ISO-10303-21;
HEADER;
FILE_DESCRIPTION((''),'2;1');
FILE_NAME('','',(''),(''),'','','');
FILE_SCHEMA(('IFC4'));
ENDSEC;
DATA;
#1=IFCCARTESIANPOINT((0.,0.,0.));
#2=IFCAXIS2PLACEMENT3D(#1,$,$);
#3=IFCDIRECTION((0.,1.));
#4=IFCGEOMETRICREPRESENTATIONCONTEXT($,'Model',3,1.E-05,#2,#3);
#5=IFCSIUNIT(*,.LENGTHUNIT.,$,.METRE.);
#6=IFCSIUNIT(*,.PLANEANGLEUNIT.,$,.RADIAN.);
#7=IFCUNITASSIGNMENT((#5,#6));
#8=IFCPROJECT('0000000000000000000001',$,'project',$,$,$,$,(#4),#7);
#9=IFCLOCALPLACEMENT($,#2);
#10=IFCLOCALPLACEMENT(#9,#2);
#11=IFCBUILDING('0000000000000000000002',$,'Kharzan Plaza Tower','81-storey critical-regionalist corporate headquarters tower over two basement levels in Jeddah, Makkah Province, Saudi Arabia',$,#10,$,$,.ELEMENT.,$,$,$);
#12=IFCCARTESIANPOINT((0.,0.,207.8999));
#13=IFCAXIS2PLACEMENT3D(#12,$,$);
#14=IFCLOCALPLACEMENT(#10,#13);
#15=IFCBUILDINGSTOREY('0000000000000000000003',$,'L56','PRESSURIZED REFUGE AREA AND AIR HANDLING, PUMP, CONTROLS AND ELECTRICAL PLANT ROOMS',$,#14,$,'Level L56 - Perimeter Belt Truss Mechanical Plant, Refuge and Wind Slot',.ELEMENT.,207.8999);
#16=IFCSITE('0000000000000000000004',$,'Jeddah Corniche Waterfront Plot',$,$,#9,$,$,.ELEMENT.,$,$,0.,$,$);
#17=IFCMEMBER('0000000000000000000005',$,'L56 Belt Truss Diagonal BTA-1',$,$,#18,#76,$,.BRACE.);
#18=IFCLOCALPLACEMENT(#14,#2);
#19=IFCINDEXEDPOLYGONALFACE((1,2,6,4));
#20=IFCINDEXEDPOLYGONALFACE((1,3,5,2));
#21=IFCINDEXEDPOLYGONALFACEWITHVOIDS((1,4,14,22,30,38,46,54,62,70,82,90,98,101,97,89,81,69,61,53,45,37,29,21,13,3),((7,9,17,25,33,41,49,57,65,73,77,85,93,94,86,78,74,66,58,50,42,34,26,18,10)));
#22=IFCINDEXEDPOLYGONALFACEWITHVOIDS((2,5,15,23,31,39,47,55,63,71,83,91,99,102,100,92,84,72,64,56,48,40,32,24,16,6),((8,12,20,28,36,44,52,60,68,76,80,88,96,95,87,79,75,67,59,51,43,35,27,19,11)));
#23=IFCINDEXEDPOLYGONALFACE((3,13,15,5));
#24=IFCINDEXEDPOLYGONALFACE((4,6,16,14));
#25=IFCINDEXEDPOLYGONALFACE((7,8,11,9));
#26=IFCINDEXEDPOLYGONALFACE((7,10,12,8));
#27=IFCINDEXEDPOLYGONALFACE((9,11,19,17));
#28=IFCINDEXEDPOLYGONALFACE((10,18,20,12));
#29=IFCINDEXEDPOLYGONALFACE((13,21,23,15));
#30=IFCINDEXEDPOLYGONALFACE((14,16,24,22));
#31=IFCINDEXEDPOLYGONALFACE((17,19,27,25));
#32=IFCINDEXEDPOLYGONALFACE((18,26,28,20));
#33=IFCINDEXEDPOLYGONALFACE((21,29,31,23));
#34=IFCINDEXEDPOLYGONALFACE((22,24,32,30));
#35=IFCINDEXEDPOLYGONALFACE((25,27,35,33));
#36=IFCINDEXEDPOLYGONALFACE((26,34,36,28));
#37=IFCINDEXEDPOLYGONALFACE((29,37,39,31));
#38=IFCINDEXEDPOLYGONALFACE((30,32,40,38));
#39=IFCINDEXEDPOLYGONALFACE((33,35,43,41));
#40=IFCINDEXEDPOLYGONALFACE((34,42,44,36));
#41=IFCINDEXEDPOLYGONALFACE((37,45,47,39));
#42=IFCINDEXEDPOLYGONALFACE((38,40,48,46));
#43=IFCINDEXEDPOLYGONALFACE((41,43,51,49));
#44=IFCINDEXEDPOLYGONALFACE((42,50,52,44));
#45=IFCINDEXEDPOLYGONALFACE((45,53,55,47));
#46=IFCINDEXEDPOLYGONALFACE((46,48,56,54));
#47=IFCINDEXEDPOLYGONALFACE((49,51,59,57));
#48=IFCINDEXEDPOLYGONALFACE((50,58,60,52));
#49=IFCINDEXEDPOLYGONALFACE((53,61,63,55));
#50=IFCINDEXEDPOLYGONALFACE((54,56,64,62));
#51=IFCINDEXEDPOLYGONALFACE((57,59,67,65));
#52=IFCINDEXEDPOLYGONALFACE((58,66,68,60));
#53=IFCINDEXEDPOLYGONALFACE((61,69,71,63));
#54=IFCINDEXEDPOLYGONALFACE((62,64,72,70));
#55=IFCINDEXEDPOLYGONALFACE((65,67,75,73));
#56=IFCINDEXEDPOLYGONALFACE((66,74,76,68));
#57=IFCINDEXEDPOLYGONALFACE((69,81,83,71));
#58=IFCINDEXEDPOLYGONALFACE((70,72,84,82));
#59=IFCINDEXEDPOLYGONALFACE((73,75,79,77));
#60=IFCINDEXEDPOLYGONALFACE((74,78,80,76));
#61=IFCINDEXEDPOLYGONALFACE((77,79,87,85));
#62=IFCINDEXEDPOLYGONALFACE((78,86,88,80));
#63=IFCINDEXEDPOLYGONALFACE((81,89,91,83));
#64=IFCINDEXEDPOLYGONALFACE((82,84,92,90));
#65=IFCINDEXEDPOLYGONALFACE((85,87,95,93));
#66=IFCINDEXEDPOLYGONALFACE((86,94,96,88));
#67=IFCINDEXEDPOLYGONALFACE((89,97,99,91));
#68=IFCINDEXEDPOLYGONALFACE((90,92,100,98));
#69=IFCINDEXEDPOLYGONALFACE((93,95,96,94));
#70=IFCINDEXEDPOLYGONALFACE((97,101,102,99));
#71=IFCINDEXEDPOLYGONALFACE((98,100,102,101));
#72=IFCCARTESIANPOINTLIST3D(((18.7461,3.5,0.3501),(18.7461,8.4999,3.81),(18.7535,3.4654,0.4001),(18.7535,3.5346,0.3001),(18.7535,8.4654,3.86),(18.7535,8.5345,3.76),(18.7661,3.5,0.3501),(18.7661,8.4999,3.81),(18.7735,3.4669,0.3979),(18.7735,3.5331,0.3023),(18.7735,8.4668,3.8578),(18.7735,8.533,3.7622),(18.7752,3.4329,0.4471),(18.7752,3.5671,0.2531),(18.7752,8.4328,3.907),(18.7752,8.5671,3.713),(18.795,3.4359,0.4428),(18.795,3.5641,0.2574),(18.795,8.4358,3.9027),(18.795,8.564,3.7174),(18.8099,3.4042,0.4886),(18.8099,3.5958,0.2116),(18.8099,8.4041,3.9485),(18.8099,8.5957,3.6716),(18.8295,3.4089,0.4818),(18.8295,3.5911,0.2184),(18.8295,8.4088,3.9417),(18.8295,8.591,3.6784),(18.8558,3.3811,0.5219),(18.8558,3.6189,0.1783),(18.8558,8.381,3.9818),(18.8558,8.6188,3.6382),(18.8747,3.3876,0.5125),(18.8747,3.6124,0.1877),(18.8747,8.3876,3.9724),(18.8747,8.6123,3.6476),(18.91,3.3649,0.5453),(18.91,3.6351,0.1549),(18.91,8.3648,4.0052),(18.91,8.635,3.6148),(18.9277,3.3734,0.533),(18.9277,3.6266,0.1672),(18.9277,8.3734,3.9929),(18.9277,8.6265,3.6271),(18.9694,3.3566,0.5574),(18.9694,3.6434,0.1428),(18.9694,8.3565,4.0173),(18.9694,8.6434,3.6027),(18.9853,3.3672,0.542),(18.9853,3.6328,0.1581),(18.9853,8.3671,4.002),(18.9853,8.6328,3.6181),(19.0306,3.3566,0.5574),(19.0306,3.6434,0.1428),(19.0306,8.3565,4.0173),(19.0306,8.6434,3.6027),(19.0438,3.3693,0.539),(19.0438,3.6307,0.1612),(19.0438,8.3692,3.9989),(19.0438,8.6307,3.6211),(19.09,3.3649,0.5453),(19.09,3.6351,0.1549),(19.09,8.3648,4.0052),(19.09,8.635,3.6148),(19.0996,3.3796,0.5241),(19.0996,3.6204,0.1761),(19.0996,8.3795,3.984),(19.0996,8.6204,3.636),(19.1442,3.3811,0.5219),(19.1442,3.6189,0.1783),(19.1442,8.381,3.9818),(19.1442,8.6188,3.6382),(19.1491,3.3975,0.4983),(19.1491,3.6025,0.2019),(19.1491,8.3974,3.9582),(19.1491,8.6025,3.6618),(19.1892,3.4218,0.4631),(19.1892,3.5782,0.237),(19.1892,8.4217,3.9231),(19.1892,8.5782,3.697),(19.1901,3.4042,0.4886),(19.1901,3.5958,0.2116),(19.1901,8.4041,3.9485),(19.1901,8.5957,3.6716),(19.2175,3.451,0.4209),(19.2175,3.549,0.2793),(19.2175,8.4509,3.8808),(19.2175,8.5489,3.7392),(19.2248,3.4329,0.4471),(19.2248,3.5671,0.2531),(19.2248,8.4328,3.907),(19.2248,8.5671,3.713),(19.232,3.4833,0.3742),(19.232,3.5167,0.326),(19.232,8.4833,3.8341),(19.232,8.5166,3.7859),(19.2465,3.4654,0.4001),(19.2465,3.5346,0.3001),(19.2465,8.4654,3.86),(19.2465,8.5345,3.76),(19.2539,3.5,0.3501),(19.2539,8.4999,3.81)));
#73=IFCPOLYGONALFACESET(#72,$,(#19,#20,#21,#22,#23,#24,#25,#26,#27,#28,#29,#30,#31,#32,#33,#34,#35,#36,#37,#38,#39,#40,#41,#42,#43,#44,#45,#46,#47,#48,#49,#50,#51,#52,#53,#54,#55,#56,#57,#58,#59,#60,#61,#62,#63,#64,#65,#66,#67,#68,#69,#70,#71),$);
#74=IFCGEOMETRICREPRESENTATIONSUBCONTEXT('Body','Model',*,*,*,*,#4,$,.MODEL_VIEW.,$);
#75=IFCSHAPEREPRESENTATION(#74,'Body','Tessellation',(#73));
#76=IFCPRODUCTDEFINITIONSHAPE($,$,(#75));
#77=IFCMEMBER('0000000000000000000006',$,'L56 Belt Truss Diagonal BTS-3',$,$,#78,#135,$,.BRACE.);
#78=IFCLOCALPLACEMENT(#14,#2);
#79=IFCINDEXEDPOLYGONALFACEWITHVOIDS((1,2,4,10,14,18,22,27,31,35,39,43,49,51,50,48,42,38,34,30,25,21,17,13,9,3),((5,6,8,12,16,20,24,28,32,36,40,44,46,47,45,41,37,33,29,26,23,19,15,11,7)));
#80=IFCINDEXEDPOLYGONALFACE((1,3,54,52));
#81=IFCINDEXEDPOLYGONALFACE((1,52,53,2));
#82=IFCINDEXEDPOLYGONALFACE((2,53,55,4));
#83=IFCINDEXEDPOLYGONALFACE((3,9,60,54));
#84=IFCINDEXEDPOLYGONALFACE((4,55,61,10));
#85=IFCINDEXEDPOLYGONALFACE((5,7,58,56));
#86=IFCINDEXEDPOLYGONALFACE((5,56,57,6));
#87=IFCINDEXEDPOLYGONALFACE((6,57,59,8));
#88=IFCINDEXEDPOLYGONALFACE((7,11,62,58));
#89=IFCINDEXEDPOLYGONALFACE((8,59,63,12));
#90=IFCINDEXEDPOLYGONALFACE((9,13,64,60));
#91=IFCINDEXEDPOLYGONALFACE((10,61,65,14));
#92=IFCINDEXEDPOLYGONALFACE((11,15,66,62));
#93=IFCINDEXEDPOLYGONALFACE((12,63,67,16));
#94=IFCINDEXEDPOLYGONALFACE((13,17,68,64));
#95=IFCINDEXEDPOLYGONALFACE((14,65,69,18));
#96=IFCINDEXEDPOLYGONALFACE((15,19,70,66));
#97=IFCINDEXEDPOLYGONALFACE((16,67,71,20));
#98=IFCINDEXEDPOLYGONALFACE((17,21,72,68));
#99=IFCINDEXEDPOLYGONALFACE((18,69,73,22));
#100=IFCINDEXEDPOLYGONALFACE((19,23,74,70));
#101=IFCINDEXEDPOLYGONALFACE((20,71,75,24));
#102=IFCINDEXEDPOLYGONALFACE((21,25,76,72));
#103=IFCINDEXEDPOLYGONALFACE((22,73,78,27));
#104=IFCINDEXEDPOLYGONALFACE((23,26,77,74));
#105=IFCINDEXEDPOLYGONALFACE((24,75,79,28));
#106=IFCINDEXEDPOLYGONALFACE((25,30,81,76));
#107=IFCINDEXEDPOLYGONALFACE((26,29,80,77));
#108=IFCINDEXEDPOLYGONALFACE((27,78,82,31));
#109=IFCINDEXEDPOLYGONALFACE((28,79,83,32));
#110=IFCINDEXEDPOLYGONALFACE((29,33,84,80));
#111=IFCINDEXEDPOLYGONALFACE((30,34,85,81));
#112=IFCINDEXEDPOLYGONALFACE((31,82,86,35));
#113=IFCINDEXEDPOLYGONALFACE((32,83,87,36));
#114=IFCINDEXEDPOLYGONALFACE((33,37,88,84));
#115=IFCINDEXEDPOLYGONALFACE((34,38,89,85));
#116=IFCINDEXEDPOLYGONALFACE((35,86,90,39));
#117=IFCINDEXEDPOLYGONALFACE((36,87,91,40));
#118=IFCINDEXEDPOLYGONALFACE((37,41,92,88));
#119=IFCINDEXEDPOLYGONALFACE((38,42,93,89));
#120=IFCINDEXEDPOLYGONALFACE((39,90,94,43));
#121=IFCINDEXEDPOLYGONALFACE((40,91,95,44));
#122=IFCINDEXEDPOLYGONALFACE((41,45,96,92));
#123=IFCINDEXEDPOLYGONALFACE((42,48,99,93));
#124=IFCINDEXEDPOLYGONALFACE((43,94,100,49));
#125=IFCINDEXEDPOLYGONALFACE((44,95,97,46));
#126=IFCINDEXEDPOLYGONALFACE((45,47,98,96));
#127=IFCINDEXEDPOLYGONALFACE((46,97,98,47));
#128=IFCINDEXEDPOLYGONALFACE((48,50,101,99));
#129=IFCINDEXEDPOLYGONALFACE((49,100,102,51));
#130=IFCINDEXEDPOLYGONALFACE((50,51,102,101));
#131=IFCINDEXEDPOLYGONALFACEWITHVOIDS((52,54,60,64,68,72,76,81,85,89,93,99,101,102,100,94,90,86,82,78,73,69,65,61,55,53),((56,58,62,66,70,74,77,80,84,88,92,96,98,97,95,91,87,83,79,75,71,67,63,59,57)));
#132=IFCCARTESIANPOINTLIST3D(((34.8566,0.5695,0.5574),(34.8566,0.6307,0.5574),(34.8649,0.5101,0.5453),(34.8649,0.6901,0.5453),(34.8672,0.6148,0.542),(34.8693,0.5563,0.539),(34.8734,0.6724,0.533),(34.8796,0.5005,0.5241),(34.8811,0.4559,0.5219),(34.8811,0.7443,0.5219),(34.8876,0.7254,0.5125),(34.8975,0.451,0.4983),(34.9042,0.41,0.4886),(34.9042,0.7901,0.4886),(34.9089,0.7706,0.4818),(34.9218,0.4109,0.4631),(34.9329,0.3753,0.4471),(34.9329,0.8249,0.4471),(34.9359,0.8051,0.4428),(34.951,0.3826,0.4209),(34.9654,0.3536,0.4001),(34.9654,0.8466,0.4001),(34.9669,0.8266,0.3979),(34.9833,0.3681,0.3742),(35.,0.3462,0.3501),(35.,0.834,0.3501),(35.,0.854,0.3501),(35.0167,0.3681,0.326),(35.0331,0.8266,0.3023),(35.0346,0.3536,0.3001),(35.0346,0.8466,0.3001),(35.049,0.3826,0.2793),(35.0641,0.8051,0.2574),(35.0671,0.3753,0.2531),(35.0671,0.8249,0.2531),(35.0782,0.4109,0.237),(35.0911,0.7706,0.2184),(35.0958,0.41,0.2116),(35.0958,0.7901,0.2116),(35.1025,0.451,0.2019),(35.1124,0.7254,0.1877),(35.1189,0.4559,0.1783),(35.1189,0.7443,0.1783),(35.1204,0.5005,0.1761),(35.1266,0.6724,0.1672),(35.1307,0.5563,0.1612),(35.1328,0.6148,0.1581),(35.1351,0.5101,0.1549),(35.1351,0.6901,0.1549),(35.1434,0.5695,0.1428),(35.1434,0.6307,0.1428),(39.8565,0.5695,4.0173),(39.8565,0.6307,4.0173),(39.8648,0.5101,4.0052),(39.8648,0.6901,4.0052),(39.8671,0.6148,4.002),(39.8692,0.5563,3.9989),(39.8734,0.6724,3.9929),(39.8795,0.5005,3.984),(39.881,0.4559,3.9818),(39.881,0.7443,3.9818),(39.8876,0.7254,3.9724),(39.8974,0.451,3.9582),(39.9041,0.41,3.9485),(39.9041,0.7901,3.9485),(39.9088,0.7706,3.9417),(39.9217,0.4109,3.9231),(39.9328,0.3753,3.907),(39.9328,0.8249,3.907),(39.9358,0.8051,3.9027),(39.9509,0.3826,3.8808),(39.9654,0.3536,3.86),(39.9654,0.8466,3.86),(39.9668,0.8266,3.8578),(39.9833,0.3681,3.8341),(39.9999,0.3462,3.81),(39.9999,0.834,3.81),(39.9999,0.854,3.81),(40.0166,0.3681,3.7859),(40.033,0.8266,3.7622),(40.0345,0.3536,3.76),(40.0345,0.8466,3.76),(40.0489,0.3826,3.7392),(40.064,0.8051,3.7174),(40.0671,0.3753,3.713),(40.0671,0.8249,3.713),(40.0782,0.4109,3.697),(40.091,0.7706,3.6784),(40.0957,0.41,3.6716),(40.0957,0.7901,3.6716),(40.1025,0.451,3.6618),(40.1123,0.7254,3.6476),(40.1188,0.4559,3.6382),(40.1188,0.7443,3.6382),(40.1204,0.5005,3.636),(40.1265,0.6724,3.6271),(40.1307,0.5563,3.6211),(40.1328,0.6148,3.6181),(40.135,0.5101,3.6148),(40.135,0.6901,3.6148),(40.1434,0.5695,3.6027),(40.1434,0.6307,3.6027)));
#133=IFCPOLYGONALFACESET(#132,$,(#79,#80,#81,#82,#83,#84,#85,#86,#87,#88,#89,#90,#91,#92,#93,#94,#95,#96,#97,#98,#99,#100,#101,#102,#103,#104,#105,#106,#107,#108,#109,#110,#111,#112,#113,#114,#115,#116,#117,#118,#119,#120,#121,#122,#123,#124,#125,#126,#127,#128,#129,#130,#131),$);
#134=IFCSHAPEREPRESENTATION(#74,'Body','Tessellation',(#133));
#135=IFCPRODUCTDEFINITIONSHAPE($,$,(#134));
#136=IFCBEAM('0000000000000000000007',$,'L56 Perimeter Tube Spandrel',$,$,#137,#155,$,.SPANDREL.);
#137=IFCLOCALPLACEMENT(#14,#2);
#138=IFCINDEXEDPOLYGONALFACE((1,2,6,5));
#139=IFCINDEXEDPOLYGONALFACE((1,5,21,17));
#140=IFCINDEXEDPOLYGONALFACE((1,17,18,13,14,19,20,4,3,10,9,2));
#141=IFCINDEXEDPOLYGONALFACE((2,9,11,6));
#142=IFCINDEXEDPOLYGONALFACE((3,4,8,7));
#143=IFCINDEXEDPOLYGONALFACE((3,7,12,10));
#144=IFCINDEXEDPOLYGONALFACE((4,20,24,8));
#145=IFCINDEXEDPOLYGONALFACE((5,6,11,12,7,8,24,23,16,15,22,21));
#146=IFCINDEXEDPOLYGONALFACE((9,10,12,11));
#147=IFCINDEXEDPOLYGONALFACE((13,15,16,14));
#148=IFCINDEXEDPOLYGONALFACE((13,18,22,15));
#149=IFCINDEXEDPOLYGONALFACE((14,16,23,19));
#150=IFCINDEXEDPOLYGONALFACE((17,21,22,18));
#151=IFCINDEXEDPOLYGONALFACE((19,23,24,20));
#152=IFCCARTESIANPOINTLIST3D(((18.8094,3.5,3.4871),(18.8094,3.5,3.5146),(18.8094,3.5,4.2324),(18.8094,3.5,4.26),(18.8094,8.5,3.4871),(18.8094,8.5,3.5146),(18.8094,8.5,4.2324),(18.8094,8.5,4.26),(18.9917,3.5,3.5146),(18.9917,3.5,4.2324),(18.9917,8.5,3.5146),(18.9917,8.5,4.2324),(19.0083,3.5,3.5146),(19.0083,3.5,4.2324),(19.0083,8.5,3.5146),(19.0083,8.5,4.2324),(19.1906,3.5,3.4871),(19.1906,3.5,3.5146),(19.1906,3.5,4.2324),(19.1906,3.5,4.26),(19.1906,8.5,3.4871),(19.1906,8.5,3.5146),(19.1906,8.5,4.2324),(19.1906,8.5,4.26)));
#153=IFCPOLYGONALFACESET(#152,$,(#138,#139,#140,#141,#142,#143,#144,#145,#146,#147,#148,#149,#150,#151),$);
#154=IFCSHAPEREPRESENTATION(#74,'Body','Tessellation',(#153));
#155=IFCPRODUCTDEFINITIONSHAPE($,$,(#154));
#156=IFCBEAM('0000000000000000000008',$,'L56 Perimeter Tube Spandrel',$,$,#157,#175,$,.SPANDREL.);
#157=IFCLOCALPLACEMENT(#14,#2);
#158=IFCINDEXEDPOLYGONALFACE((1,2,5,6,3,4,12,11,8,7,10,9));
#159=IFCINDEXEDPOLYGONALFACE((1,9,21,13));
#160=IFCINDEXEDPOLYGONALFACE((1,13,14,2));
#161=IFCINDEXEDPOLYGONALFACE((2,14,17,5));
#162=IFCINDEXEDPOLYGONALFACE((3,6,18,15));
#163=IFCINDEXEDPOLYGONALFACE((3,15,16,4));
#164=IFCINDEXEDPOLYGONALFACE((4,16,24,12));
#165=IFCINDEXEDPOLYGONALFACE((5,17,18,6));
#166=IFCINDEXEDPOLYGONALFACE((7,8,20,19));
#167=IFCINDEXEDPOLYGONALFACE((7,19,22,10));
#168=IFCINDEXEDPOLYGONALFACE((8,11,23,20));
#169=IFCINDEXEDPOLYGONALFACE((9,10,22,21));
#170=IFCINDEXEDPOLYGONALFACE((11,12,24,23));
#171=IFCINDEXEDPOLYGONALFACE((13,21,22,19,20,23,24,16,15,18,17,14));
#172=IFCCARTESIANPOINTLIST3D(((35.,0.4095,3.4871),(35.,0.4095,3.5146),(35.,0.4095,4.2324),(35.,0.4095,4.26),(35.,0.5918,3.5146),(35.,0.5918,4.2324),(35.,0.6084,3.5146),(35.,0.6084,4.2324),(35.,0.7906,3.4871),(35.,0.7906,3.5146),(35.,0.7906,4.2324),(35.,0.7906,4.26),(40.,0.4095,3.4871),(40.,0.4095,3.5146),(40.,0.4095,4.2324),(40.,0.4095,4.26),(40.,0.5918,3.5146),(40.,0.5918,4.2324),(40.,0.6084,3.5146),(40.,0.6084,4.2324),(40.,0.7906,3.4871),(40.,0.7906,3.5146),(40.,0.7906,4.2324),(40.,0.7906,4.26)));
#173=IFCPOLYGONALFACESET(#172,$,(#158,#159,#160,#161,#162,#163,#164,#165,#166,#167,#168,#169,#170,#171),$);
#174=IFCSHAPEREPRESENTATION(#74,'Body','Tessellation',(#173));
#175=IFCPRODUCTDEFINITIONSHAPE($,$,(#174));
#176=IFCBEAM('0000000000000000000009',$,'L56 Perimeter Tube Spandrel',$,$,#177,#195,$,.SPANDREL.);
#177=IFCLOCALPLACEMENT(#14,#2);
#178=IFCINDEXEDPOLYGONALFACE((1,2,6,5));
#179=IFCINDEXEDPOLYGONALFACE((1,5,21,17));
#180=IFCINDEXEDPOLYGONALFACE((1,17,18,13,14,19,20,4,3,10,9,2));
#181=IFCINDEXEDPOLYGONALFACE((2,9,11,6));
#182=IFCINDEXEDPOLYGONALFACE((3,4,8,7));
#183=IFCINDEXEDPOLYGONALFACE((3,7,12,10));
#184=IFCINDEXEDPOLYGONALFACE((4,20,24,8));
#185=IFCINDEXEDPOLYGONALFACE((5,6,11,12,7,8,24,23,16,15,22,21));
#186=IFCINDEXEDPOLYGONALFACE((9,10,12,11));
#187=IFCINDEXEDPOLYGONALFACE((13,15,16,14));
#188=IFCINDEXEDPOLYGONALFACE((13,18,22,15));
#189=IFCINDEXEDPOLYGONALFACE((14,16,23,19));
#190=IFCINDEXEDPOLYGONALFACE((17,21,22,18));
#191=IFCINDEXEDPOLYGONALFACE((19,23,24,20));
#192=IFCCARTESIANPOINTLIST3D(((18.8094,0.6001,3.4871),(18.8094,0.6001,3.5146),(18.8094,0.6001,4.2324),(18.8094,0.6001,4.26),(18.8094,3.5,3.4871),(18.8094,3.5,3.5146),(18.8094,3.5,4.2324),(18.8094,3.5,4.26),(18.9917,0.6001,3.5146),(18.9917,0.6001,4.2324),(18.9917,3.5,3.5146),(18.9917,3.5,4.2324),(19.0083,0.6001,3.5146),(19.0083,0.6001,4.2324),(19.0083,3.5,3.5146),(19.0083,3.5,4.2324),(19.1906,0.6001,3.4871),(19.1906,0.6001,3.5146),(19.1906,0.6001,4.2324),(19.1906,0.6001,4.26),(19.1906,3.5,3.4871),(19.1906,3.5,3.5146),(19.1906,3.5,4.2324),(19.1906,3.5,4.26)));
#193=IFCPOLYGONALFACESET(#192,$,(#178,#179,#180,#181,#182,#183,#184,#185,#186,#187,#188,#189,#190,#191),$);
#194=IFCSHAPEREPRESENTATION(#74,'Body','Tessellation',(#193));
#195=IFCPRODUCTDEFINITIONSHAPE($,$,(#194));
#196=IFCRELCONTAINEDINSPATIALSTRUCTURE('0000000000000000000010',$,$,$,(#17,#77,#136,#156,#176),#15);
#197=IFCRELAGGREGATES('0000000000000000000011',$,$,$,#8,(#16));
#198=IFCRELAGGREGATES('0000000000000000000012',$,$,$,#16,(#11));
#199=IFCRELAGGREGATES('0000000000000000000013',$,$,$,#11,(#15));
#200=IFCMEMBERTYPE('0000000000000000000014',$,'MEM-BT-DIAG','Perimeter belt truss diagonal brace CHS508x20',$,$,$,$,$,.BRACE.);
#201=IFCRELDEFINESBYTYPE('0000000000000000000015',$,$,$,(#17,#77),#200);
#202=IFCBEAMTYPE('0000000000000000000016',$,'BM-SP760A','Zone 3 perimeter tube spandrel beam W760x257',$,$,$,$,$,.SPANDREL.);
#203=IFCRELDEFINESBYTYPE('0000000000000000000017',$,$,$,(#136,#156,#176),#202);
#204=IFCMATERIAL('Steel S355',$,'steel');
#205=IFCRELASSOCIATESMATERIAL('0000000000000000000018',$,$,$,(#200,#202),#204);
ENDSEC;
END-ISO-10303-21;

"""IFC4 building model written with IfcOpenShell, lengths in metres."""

from ifc_helpers import new_model, si_unit, direction, frame, origin, origin_2d, place, context, subcontext, project, spatial, hollow_circle, i_section, extrude, source, transform, mapped, material, material_profile, profile_set, type_object, element, save


model = new_model("IFC4")

# Units and contexts
model_context = context("Model", 3, precision=1e-05, world=origin(), true_north=direction((0.0, 1.0)))
body_context = subcontext(model_context, "Body", "Model", "MODEL_VIEW")
ifc_project = project(units=[si_unit("LENGTHUNIT", "METRE"), si_unit("PLANEANGLEUNIT", "RADIAN")], contexts=[model_context])

# Site, building, storey
site_placement = place(None, origin())
site = spatial("IfcSite", under=ifc_project, at=site_placement, Name="Jeddah Corniche Waterfront Plot", CompositionType="ELEMENT", RefElevation=0.0)
building_placement = place(site_placement, origin())
building = spatial("IfcBuilding", under=site, at=building_placement, Name="Kharzan Plaza Tower", Description="81-storey critical-regionalist corporate headquarters tower over two basement levels in Jeddah, Makkah Province, Saudi Arabia", CompositionType="ELEMENT")
storey_placement = place(building_placement, frame((0.0, 0.0, 207.8999)))
storey = spatial("IfcBuildingStorey", under=building, at=storey_placement, Name="L56", Description="PRESSURIZED REFUGE AREA AND AIR HANDLING, PUMP, CONTROLS AND ELECTRICAL PLANT ROOMS", LongName="Level L56 - Perimeter Belt Truss Mechanical Plant, Refuge and Wind Slot", CompositionType="ELEMENT", Elevation=207.8999)

# Shared definitions
ifc_material_1 = material(Name="Steel S355", Category="steel")

# Members
ifc_material_profile_1 = material_profile(ifc_material_1, hollow_circle(Radius=0.2539, WallThickness=0.02, at=origin_2d()), Name="CHS508x20")
ifc_profile_set_1 = profile_set([ifc_material_profile_1], Name="Steel S355")
member_type_1 = type_object("IfcMemberType", Name="MEM-BT-DIAG", Description="Perimeter belt truss diagonal brace CHS508x20", PredefinedType="BRACE", material=ifc_profile_set_1)
shared_shape_1 = source(origin(), body_context, "Body", "SweptSolid", [
    extrude(hollow_circle(Radius=0.2539, WallThickness=0.02, at=origin_2d()), origin(), (0.0, 0.0, 1.0), 6.0803),
])
for number, where, z_axis, x_axis, name in (
    (1, (19.0, 3.5, 0.3501), (0.0, 0.822314, 0.569035), (-1.0, 0.0, 0.0), "L56 Belt Truss Diagonal BTA-1"),
    (2, (35.0, 0.6001, 0.3501), (0.822314, 0.0, 0.569035), (0.0, 1.0, 0.0), "L56 Belt Truss Diagonal BTS-3"),
):
    element("IfcMember", number, at=place(storey_placement, frame(where, z_axis=z_axis, x_axis=x_axis)), inside=storey, type_object=member_type_1, Name=name, PredefinedType="BRACE", context=body_context, shape_type="MappedRepresentation", body=[
        mapped(shared_shape_1, transform((0.0, 0.0, 0.0), x_axis=(1.0, 0.0, 0.0), y_axis=(0.0, 1.0, 0.0), z_axis=(0.0, 0.0, 1.0))),
    ])

# Beams
ifc_material_profile_2 = material_profile(ifc_material_1, i_section(OverallWidth=0.3811, OverallDepth=0.7729, WebThickness=0.0166, FlangeThickness=0.0276, at=origin_2d()), Name="W760x257")
ifc_profile_set_2 = profile_set([ifc_material_profile_2], Name="Steel S355")
beam_type_1 = type_object("IfcBeamType", Name="BM-SP760A", Description="Zone 3 perimeter tube spandrel beam W760x257", PredefinedType="SPANDREL", material=ifc_profile_set_2)
shared_shape_2 = source(origin(), body_context, "Body", "SweptSolid", [
    extrude(i_section(OverallWidth=0.3811, OverallDepth=0.7729, WebThickness=0.0166, FlangeThickness=0.0276, at=origin_2d()), origin(), (0.0, 0.0, 1.0), 5.0),
])
for number, where, z_axis, x_axis, name in (
    (3, (19.0, 3.5, 3.8735), (0.0, 1.0, 0.0), (-1.0, 0.0, 0.0), "L56 Perimeter Tube Spandrel"),
    (4, (35.0, 0.6001, 3.8735), (1.0, 0.0, 0.0), (0.0, 1.0, 0.0), "L56 Perimeter Tube Spandrel"),
):
    element("IfcBeam", number, at=place(storey_placement, frame(where, z_axis=z_axis, x_axis=x_axis)), inside=storey, type_object=beam_type_1, Name=name, PredefinedType="SPANDREL", context=body_context, shape_type="MappedRepresentation", body=[
        mapped(shared_shape_2, transform((0.0, 0.0, 0.0), x_axis=(1.0, 0.0, 0.0), y_axis=(0.0, 1.0, 0.0), z_axis=(0.0, 0.0, 1.0))),
    ])
shared_shape_3 = source(origin(), body_context, "Body", "SweptSolid", [
    extrude(i_section(OverallWidth=0.3811, OverallDepth=0.7729, WebThickness=0.0166, FlangeThickness=0.0276, at=origin_2d()), origin(), (0.0, 0.0, 1.0), 2.8999),
])
for number, where, z_axis, x_axis, name in (
    (5, (19.0, 0.6001, 3.8735), (0.0, 1.0, 0.0), (-1.0, 0.0, 0.0), "L56 Perimeter Tube Spandrel"),
):
    element("IfcBeam", number, at=place(storey_placement, frame(where, z_axis=z_axis, x_axis=x_axis)), inside=storey, type_object=beam_type_1, Name=name, PredefinedType="SPANDREL", context=body_context, shape_type="MappedRepresentation", body=[
        mapped(shared_shape_3, transform((0.0, 0.0, 0.0), x_axis=(1.0, 0.0, 0.0), y_axis=(0.0, 1.0, 0.0), z_axis=(0.0, 0.0, 1.0))),
    ])

save(model, "model.ifc")
